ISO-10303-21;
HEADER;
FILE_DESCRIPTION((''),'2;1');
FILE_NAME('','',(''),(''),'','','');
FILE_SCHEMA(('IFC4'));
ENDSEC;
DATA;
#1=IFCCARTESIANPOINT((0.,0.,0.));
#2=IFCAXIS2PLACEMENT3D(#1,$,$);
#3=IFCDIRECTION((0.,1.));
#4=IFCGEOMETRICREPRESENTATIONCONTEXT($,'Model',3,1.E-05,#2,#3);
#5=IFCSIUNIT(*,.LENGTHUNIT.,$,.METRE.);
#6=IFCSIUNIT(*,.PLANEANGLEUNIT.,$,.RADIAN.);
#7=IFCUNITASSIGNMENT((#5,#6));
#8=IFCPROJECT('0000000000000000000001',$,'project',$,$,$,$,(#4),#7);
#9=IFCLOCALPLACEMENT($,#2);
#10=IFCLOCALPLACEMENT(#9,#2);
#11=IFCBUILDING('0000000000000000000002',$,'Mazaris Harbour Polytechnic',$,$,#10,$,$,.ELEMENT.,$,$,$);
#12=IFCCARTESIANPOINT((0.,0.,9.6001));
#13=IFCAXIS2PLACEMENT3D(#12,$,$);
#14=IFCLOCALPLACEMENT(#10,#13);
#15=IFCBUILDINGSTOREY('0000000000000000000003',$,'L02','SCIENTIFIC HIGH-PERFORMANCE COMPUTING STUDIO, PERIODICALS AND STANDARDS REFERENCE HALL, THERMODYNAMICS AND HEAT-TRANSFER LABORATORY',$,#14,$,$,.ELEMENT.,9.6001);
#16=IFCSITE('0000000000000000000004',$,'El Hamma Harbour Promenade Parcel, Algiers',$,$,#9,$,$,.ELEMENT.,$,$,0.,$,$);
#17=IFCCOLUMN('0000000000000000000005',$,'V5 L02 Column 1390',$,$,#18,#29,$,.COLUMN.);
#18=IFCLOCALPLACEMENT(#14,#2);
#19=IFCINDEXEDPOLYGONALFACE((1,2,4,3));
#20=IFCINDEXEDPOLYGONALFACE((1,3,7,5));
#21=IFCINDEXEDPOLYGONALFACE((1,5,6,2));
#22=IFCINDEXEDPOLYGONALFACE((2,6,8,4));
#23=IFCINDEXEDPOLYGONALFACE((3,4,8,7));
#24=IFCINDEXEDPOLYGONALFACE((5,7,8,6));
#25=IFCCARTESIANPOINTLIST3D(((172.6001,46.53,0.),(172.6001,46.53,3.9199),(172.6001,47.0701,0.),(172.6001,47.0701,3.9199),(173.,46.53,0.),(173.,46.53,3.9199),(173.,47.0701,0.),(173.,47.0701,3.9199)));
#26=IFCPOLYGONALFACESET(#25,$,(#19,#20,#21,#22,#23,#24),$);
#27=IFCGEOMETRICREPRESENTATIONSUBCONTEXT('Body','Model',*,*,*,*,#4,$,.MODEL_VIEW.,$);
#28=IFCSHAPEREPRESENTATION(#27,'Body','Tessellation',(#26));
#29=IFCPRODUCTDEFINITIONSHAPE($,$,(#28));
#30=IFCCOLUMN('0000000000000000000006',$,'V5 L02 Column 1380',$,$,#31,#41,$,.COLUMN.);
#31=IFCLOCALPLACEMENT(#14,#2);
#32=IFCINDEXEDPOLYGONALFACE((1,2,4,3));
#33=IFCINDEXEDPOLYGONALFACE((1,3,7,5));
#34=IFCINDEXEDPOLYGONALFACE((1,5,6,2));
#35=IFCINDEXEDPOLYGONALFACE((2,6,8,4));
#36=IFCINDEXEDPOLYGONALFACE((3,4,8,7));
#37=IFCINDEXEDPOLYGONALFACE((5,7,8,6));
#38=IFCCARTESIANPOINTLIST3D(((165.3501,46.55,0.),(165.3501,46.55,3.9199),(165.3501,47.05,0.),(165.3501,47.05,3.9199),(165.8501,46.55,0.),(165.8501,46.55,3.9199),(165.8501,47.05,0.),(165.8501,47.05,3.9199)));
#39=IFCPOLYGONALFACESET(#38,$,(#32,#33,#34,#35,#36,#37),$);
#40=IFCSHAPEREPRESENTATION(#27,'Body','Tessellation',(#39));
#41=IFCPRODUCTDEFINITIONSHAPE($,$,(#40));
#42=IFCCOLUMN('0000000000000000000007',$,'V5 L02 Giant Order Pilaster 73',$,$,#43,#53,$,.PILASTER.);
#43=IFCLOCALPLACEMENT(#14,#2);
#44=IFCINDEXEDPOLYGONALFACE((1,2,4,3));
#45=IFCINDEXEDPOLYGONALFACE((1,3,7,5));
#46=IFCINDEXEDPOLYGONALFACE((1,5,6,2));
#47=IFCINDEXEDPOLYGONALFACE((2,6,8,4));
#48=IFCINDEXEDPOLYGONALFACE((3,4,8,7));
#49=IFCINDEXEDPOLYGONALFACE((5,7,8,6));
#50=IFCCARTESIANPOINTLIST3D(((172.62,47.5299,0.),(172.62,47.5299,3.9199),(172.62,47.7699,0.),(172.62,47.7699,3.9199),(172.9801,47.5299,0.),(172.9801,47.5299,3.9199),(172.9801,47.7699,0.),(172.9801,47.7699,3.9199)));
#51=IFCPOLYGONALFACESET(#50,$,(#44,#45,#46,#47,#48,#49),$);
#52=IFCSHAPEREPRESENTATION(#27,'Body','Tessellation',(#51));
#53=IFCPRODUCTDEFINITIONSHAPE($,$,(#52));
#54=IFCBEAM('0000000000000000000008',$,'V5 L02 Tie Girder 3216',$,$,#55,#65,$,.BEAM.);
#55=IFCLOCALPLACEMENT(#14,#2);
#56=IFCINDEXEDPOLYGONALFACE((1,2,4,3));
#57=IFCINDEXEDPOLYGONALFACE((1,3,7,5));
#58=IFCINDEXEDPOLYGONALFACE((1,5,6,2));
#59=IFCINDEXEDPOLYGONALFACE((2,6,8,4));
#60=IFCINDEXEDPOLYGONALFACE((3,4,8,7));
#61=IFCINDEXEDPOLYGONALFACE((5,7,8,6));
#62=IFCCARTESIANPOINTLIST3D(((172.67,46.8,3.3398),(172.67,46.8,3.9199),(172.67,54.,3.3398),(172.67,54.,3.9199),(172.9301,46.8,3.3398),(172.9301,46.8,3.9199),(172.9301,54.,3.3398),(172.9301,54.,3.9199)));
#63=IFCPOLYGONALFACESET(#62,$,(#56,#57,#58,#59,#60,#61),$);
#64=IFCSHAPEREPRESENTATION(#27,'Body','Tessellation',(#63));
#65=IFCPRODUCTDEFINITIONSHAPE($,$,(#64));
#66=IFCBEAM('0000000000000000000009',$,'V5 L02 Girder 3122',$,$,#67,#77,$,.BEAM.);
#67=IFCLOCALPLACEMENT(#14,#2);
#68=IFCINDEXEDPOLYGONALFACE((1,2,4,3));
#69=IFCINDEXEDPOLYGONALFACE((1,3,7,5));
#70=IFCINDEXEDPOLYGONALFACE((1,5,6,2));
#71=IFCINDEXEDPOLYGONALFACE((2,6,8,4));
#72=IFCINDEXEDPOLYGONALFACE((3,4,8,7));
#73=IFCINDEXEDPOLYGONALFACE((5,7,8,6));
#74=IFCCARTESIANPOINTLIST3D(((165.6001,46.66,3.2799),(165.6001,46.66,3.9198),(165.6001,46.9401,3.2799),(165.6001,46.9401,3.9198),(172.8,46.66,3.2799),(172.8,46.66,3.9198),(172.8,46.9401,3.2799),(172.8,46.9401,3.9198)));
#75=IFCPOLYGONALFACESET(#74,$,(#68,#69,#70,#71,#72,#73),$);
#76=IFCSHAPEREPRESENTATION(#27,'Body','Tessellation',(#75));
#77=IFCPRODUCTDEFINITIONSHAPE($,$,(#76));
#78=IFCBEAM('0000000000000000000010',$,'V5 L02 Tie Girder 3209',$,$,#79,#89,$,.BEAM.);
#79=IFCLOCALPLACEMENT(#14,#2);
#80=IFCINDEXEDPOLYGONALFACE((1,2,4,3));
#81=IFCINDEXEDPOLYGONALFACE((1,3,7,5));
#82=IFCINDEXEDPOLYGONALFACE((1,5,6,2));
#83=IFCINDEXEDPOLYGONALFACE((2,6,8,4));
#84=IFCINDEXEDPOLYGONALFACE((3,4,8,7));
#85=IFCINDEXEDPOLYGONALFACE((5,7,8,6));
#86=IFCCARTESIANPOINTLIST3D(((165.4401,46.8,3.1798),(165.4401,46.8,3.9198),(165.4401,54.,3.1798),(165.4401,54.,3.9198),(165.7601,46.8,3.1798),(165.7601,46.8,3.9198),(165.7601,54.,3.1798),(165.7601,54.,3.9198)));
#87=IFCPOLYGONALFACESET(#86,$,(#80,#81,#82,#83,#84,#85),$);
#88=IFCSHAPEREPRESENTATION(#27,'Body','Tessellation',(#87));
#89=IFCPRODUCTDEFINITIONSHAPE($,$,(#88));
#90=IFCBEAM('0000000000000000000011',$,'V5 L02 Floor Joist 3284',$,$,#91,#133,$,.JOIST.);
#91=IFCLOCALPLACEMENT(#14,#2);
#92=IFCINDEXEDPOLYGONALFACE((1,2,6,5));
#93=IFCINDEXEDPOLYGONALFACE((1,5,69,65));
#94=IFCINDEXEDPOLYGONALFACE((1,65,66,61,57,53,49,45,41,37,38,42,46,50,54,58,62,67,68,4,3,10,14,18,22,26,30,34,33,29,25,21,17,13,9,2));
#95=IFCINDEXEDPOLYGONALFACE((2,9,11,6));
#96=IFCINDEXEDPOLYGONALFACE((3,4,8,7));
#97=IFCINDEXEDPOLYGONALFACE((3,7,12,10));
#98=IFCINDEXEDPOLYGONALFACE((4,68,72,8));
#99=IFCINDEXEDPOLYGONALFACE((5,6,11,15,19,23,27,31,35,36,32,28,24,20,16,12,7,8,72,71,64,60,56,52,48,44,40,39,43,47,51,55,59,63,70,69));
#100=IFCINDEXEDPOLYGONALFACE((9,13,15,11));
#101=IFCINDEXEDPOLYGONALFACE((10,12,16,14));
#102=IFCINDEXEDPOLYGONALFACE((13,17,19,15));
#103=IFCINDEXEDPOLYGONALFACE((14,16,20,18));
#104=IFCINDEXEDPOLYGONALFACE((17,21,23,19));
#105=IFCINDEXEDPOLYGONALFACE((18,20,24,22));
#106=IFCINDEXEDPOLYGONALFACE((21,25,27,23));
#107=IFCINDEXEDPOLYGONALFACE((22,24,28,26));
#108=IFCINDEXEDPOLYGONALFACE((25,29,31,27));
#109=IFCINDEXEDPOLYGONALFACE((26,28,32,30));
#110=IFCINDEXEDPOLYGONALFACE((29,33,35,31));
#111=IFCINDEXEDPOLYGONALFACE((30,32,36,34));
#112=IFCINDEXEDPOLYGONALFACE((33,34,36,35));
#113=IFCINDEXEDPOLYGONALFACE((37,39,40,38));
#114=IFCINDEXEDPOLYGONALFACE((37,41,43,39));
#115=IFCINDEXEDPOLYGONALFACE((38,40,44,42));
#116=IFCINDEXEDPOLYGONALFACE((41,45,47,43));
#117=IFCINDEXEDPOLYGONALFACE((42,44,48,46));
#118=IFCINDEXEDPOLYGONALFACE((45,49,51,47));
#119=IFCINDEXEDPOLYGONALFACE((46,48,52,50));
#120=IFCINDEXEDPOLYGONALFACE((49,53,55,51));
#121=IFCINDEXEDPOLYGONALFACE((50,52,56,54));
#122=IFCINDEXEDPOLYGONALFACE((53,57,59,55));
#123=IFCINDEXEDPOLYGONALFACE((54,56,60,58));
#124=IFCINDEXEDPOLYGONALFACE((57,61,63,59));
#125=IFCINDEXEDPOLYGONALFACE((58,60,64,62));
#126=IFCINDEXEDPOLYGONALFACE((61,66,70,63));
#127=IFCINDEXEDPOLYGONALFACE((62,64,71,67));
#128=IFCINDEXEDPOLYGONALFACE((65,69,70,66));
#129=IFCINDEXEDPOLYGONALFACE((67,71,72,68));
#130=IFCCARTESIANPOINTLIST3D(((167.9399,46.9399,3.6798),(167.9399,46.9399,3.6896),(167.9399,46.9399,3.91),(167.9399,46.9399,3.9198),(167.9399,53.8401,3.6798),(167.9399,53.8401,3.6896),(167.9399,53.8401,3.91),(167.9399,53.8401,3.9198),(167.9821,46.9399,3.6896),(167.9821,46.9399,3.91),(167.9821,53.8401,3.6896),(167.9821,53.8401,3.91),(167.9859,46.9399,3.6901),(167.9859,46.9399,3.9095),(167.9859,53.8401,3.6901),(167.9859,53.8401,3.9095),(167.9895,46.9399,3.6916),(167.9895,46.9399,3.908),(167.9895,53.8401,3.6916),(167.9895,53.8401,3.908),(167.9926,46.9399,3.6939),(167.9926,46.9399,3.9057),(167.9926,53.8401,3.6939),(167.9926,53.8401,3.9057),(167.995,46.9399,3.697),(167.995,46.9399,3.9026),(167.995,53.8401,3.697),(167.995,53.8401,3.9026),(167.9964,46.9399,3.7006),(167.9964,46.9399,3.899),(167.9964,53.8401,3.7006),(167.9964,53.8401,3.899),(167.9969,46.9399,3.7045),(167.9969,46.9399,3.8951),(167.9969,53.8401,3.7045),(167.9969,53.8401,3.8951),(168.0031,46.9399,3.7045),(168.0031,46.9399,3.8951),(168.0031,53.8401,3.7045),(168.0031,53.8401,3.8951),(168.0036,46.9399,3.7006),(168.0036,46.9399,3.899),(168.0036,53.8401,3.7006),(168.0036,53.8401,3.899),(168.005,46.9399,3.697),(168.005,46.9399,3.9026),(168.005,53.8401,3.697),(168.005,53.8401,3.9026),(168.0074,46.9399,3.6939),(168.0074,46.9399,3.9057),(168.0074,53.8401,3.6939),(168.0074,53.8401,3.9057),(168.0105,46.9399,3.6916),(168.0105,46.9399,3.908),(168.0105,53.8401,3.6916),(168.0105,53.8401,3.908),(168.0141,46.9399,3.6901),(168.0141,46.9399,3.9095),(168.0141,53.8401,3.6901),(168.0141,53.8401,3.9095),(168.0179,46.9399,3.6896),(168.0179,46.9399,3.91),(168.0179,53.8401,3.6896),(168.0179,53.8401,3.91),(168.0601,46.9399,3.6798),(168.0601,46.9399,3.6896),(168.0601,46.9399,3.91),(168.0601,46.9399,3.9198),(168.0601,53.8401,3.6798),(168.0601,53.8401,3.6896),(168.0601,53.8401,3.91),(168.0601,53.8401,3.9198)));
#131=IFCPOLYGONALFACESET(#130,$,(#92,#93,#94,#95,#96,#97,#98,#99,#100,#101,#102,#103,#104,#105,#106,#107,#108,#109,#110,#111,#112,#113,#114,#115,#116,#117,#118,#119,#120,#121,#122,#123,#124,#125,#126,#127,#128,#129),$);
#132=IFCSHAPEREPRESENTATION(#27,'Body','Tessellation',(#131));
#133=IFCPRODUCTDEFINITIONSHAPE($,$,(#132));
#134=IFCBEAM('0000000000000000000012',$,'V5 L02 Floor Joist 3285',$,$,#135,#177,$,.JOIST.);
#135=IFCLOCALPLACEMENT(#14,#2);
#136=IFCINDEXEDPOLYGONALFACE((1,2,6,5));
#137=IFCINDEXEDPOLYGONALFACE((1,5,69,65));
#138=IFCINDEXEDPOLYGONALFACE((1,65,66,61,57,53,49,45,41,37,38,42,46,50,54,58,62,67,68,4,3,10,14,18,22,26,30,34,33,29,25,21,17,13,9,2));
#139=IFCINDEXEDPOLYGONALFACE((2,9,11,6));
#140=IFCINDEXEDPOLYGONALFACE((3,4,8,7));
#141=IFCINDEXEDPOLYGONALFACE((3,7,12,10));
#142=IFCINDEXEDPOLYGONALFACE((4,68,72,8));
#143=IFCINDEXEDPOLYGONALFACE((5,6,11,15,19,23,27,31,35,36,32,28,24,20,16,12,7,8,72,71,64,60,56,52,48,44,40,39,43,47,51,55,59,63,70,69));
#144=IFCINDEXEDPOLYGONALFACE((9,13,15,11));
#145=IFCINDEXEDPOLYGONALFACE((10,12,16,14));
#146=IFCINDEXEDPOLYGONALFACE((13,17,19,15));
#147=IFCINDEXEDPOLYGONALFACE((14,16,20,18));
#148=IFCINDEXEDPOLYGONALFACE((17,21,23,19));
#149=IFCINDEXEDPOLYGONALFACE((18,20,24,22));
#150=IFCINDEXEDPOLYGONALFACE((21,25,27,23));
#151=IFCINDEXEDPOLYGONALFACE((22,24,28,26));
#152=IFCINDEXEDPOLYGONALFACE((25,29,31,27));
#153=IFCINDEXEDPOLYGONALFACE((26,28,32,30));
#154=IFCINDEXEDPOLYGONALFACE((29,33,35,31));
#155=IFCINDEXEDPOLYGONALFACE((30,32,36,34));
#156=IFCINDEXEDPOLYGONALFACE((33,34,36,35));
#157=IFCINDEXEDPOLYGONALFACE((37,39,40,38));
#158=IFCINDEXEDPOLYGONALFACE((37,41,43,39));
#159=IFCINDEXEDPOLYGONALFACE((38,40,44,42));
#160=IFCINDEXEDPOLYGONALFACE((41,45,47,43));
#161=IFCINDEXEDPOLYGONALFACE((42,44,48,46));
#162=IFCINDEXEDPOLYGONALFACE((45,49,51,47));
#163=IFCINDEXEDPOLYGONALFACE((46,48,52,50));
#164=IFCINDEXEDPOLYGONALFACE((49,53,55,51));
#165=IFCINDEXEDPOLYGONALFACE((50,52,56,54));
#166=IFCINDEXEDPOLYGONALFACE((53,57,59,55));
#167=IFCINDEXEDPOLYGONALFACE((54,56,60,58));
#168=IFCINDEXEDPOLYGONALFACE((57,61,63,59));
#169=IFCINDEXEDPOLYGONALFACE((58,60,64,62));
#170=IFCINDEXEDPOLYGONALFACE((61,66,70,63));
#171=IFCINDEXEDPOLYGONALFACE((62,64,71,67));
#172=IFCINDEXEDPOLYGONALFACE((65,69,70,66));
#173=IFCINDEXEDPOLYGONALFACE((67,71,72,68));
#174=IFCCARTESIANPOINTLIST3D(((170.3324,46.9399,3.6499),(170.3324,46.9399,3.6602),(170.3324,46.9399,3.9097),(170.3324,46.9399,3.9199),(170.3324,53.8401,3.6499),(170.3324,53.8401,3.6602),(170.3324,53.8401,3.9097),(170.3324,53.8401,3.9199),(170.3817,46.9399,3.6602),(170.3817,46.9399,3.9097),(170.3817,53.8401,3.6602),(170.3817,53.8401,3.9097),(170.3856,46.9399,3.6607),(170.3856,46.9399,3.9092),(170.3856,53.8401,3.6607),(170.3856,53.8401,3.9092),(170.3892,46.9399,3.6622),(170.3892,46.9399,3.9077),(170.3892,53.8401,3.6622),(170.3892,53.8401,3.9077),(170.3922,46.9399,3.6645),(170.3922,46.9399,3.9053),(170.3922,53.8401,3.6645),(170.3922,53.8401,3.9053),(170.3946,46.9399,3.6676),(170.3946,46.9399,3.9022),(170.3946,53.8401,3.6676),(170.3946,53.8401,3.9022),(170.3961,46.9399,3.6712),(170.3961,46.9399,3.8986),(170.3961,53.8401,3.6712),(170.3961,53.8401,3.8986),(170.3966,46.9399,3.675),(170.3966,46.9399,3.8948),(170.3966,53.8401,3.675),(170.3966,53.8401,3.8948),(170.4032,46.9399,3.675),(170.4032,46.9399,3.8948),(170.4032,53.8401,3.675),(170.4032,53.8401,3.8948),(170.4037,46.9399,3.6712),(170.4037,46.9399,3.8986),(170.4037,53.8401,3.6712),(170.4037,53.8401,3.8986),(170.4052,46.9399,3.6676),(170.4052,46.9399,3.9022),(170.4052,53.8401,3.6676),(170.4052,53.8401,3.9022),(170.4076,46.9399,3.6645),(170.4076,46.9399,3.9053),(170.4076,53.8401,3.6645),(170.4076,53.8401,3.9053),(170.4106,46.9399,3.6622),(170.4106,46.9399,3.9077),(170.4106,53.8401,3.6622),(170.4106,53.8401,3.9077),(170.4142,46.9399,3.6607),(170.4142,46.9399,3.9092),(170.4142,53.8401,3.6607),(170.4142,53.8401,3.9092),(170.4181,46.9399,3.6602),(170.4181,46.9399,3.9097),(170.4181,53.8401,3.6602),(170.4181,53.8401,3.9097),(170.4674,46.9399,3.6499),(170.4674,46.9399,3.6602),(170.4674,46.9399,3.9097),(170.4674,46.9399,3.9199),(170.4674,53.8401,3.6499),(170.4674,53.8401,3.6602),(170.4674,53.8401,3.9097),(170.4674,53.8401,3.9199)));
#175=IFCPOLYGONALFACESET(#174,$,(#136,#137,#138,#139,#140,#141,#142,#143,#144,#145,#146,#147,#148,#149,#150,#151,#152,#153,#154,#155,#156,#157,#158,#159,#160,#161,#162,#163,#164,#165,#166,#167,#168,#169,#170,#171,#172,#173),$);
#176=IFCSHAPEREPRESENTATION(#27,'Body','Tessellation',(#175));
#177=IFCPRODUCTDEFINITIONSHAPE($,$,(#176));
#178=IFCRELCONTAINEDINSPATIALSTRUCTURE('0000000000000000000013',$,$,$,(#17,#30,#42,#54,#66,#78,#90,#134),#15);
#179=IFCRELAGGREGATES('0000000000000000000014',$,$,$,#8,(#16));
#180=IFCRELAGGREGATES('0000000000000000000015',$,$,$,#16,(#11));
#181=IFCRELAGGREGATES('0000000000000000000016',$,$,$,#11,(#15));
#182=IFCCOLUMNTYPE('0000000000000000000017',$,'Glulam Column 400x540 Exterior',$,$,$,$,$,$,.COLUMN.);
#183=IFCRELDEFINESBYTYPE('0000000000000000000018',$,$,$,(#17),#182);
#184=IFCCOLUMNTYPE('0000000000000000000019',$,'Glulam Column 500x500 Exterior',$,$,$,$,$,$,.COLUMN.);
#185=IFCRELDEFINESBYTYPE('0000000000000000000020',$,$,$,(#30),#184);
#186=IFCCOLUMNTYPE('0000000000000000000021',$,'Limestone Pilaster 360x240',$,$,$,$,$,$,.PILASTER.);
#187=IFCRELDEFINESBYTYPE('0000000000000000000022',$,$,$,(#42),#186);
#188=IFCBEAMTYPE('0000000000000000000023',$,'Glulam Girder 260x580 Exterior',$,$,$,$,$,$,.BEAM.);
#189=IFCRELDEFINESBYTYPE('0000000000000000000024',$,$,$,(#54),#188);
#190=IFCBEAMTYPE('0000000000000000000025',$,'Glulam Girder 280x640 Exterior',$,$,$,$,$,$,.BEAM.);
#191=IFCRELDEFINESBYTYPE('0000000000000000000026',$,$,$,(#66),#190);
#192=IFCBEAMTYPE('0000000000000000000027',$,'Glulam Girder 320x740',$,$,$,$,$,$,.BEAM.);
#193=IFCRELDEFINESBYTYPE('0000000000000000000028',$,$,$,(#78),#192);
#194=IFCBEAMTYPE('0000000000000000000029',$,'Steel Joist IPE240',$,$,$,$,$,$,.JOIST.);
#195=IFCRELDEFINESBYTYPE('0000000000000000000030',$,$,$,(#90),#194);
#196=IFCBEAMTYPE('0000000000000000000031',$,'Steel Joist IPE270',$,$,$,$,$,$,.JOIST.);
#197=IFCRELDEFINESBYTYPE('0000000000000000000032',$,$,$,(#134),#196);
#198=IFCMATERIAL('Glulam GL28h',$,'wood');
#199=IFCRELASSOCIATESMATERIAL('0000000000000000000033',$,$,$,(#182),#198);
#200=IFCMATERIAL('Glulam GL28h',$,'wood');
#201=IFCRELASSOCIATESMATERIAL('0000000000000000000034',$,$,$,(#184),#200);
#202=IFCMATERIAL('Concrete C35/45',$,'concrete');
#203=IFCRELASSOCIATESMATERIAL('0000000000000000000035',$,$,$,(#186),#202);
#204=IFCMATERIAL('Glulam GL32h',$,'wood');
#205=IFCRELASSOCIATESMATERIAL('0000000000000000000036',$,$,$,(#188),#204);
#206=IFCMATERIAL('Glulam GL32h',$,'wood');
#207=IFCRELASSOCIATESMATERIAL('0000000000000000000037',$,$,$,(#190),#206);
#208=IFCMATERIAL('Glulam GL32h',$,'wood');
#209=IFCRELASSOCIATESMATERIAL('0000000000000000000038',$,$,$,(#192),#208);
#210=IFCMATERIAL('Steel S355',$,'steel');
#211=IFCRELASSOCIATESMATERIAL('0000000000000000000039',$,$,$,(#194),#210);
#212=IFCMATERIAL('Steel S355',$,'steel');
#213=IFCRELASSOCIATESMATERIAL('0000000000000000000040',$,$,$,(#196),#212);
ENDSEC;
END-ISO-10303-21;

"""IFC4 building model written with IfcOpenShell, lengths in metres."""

from ifc_helpers import new_model, si_unit, direction, frame, origin, origin_2d, place, context, subcontext, project, spatial, rectangle, i_section, extrude, material, material_profile, profile_set, type_object, element, save


model = new_model("IFC4")

# Units and contexts
model_context = context("Model", 3, precision=1e-05, world=origin(), true_north=direction((0.0, 1.0)))
body_context = subcontext(model_context, "Body", "Model", "MODEL_VIEW")
ifc_project = project(units=[si_unit("LENGTHUNIT", "METRE"), si_unit("PLANEANGLEUNIT", "RADIAN")], contexts=[model_context])

# Site, building, storey
site_placement = place(None, origin())
site = spatial("IfcSite", under=ifc_project, at=site_placement, Name="El Hamma Harbour Promenade Parcel, Algiers", CompositionType="ELEMENT", RefElevation=0.0)
building_placement = place(site_placement, origin())
building = spatial("IfcBuilding", under=site, at=building_placement, Name="Mazaris Harbour Polytechnic", CompositionType="ELEMENT")
storey_placement = place(building_placement, frame((0.0, 0.0, 9.6001)))
storey = spatial("IfcBuildingStorey", under=building, at=storey_placement, Name="L02", Description="SCIENTIFIC HIGH-PERFORMANCE COMPUTING STUDIO, PERIODICALS AND STANDARDS REFERENCE HALL, THERMODYNAMICS AND HEAT-TRANSFER LABORATORY", CompositionType="ELEMENT", Elevation=9.6001)

# Columns
ifc_material_1 = material(Name="Glulam GL28h", Category="wood")
ifc_material_profile_1 = material_profile(ifc_material_1, rectangle(XDim=0.3999, YDim=0.54, at=origin_2d()), Name="RECT400x540")
ifc_profile_set_1 = profile_set([ifc_material_profile_1], Name="Glulam GL28h")
column_type_1 = type_object("IfcColumnType", Name="Glulam Column 400x540 Exterior", PredefinedType="COLUMN", material=ifc_profile_set_1)
column_1_placement = place(storey_placement, frame((172.8, 46.8, 0.0), z_axis=(0.0, 0.0, 1.0), x_axis=(1.0, 0.0, 0.0)))
element("IfcColumn", 1, at=column_1_placement, inside=storey, type_object=column_type_1, Name="V5 L02 Column 1390", PredefinedType="COLUMN", context=body_context, shape_type="SweptSolid", body=[
    extrude(rectangle(XDim=0.3999, YDim=0.54, at=origin_2d()), origin(), (0.0, 0.0, 1.0), 3.9199),
])
ifc_material_2 = material(Name="Glulam GL28h", Category="wood")
ifc_material_profile_2 = material_profile(ifc_material_2, rectangle(XDim=0.5, YDim=0.5, at=origin_2d()), Name="RECT500x500")
ifc_profile_set_2 = profile_set([ifc_material_profile_2], Name="Glulam GL28h")
column_type_2 = type_object("IfcColumnType", Name="Glulam Column 500x500 Exterior", PredefinedType="COLUMN", material=ifc_profile_set_2)
column_2_placement = place(storey_placement, frame((165.6001, 46.8, 0.0), z_axis=(0.0, 0.0, 1.0), x_axis=(1.0, 0.0, 0.0)))
element("IfcColumn", 2, at=column_2_placement, inside=storey, type_object=column_type_2, Name="V5 L02 Column 1380", PredefinedType="COLUMN", context=body_context, shape_type="SweptSolid", body=[
    extrude(rectangle(XDim=0.5, YDim=0.5, at=origin_2d()), origin(), (0.0, 0.0, 1.0), 3.9199),
])
ifc_material_3 = material(Name="Concrete C35/45", Category="concrete")
ifc_material_profile_3 = material_profile(ifc_material_3, rectangle(XDim=0.3601, YDim=0.24, at=origin_2d()), Name="RECT360x240")
ifc_profile_set_3 = profile_set([ifc_material_profile_3], Name="Concrete C35/45")
column_type_3 = type_object("IfcColumnType", Name="Limestone Pilaster 360x240", PredefinedType="PILASTER", material=ifc_profile_set_3)
column_3_placement = place(storey_placement, frame((172.8, 47.6499, 0.0), z_axis=(0.0, 0.0, 1.0), x_axis=(1.0, 0.0, 0.0)))
element("IfcColumn", 3, at=column_3_placement, inside=storey, type_object=column_type_3, Name="V5 L02 Giant Order Pilaster 73", PredefinedType="PILASTER", context=body_context, shape_type="SweptSolid", body=[
    extrude(rectangle(XDim=0.3601, YDim=0.24, at=origin_2d()), origin(), (0.0, 0.0, 1.0), 3.9199),
])

# Beams
ifc_material_4 = material(Name="Glulam GL32h", Category="wood")
ifc_material_profile_4 = material_profile(ifc_material_4, rectangle(XDim=0.26, YDim=0.5801, at=origin_2d()), Name="RECT260x580")
ifc_profile_set_4 = profile_set([ifc_material_profile_4], Name="Glulam GL32h")
beam_type_1 = type_object("IfcBeamType", Name="Glulam Girder 260x580 Exterior", PredefinedType="BEAM", material=ifc_profile_set_4)
beam_1_placement = place(storey_placement, frame((172.8, 46.8, 3.6299), z_axis=(0.0, 1.0, 0.0), x_axis=(-1.0, 0.0, 0.0)))
element("IfcBeam", 4, at=beam_1_placement, inside=storey, type_object=beam_type_1, Name="V5 L02 Tie Girder 3216", PredefinedType="BEAM", context=body_context, shape_type="SweptSolid", body=[
    extrude(rectangle(XDim=0.26, YDim=0.5801, at=origin_2d()), origin(), (0.0, 0.0, 1.0), 7.2),
])
ifc_material_5 = material(Name="Glulam GL32h", Category="wood")
ifc_material_profile_5 = material_profile(ifc_material_5, rectangle(XDim=0.28, YDim=0.6399, at=origin_2d()), Name="RECT280x640")
ifc_profile_set_5 = profile_set([ifc_material_profile_5], Name="Glulam GL32h")
beam_type_2 = type_object("IfcBeamType", Name="Glulam Girder 280x640 Exterior", PredefinedType="BEAM", material=ifc_profile_set_5)
beam_2_placement = place(storey_placement, frame((165.6001, 46.8, 3.5999), z_axis=(1.0, 0.0, 0.0), x_axis=(0.0, 1.0, 0.0)))
element("IfcBeam", 5, at=beam_2_placement, inside=storey, type_object=beam_type_2, Name="V5 L02 Girder 3122", PredefinedType="BEAM", context=body_context, shape_type="SweptSolid", body=[
    extrude(rectangle(XDim=0.28, YDim=0.6399, at=origin_2d()), origin(), (0.0, 0.0, 1.0), 7.2),
])
ifc_material_6 = material(Name="Glulam GL32h", Category="wood")
ifc_material_profile_6 = material_profile(ifc_material_6, rectangle(XDim=0.3201, YDim=0.74, at=origin_2d()), Name="RECT320x740")
ifc_profile_set_6 = profile_set([ifc_material_profile_6], Name="Glulam GL32h")
beam_type_3 = type_object("IfcBeamType", Name="Glulam Girder 320x740", PredefinedType="BEAM", material=ifc_profile_set_6)
beam_3_placement = place(storey_placement, frame((165.6001, 46.8, 3.5498), z_axis=(0.0, 1.0, 0.0), x_axis=(-1.0, 0.0, 0.0)))
element("IfcBeam", 6, at=beam_3_placement, inside=storey, type_object=beam_type_3, Name="V5 L02 Tie Girder 3209", PredefinedType="BEAM", context=body_context, shape_type="SweptSolid", body=[
    extrude(rectangle(XDim=0.3201, YDim=0.74, at=origin_2d()), origin(), (0.0, 0.0, 1.0), 7.2),
])
ifc_material_7 = material(Name="Steel S355", Category="steel")
ifc_material_profile_7 = material_profile(ifc_material_7, i_section(OverallWidth=0.1201, OverallDepth=0.24, WebThickness=0.0061, FlangeThickness=0.0098, FilletRadius=0.0149, at=origin_2d()), Name="IPE 240")
ifc_profile_set_7 = profile_set([ifc_material_profile_7], Name="Steel S355")
beam_type_4 = type_object("IfcBeamType", Name="Steel Joist IPE240", PredefinedType="JOIST", material=ifc_profile_set_7)
beam_4_placement = place(storey_placement, frame((168.0, 46.9399, 3.7998), z_axis=(0.0, 1.0, 0.0), x_axis=(-1.0, 0.0, 0.0)))
element("IfcBeam", 7, at=beam_4_placement, inside=storey, type_object=beam_type_4, Name="V5 L02 Floor Joist 3284", PredefinedType="JOIST", context=body_context, shape_type="SweptSolid", body=[
    extrude(i_section(OverallWidth=0.1201, OverallDepth=0.24, WebThickness=0.0061, FlangeThickness=0.0098, FilletRadius=0.0149, at=origin_2d()), origin(), (0.0, 0.0, 1.0), 6.9001),
])
ifc_material_8 = material(Name="Steel S355", Category="steel")
ifc_material_profile_8 = material_profile(ifc_material_8, i_section(OverallWidth=0.135, OverallDepth=0.27, WebThickness=0.0066, FlangeThickness=0.0103, FilletRadius=0.0149, at=origin_2d()), Name="IPE 270")
ifc_profile_set_8 = profile_set([ifc_material_profile_8], Name="Steel S355")
beam_type_5 = type_object("IfcBeamType", Name="Steel Joist IPE270", PredefinedType="JOIST", material=ifc_profile_set_8)
beam_5_placement = place(storey_placement, frame((170.3999, 46.9399, 3.7849), z_axis=(0.0, 1.0, 0.0), x_axis=(-1.0, 0.0, 0.0)))
element("IfcBeam", 8, at=beam_5_placement, inside=storey, type_object=beam_type_5, Name="V5 L02 Floor Joist 3285", PredefinedType="JOIST", context=body_context, shape_type="SweptSolid", body=[
    extrude(i_section(OverallWidth=0.135, OverallDepth=0.27, WebThickness=0.0066, FlangeThickness=0.0103, FilletRadius=0.0149, at=origin_2d()), origin(), (0.0, 0.0, 1.0), 6.9001),
])

save(model, "model.ifc")
